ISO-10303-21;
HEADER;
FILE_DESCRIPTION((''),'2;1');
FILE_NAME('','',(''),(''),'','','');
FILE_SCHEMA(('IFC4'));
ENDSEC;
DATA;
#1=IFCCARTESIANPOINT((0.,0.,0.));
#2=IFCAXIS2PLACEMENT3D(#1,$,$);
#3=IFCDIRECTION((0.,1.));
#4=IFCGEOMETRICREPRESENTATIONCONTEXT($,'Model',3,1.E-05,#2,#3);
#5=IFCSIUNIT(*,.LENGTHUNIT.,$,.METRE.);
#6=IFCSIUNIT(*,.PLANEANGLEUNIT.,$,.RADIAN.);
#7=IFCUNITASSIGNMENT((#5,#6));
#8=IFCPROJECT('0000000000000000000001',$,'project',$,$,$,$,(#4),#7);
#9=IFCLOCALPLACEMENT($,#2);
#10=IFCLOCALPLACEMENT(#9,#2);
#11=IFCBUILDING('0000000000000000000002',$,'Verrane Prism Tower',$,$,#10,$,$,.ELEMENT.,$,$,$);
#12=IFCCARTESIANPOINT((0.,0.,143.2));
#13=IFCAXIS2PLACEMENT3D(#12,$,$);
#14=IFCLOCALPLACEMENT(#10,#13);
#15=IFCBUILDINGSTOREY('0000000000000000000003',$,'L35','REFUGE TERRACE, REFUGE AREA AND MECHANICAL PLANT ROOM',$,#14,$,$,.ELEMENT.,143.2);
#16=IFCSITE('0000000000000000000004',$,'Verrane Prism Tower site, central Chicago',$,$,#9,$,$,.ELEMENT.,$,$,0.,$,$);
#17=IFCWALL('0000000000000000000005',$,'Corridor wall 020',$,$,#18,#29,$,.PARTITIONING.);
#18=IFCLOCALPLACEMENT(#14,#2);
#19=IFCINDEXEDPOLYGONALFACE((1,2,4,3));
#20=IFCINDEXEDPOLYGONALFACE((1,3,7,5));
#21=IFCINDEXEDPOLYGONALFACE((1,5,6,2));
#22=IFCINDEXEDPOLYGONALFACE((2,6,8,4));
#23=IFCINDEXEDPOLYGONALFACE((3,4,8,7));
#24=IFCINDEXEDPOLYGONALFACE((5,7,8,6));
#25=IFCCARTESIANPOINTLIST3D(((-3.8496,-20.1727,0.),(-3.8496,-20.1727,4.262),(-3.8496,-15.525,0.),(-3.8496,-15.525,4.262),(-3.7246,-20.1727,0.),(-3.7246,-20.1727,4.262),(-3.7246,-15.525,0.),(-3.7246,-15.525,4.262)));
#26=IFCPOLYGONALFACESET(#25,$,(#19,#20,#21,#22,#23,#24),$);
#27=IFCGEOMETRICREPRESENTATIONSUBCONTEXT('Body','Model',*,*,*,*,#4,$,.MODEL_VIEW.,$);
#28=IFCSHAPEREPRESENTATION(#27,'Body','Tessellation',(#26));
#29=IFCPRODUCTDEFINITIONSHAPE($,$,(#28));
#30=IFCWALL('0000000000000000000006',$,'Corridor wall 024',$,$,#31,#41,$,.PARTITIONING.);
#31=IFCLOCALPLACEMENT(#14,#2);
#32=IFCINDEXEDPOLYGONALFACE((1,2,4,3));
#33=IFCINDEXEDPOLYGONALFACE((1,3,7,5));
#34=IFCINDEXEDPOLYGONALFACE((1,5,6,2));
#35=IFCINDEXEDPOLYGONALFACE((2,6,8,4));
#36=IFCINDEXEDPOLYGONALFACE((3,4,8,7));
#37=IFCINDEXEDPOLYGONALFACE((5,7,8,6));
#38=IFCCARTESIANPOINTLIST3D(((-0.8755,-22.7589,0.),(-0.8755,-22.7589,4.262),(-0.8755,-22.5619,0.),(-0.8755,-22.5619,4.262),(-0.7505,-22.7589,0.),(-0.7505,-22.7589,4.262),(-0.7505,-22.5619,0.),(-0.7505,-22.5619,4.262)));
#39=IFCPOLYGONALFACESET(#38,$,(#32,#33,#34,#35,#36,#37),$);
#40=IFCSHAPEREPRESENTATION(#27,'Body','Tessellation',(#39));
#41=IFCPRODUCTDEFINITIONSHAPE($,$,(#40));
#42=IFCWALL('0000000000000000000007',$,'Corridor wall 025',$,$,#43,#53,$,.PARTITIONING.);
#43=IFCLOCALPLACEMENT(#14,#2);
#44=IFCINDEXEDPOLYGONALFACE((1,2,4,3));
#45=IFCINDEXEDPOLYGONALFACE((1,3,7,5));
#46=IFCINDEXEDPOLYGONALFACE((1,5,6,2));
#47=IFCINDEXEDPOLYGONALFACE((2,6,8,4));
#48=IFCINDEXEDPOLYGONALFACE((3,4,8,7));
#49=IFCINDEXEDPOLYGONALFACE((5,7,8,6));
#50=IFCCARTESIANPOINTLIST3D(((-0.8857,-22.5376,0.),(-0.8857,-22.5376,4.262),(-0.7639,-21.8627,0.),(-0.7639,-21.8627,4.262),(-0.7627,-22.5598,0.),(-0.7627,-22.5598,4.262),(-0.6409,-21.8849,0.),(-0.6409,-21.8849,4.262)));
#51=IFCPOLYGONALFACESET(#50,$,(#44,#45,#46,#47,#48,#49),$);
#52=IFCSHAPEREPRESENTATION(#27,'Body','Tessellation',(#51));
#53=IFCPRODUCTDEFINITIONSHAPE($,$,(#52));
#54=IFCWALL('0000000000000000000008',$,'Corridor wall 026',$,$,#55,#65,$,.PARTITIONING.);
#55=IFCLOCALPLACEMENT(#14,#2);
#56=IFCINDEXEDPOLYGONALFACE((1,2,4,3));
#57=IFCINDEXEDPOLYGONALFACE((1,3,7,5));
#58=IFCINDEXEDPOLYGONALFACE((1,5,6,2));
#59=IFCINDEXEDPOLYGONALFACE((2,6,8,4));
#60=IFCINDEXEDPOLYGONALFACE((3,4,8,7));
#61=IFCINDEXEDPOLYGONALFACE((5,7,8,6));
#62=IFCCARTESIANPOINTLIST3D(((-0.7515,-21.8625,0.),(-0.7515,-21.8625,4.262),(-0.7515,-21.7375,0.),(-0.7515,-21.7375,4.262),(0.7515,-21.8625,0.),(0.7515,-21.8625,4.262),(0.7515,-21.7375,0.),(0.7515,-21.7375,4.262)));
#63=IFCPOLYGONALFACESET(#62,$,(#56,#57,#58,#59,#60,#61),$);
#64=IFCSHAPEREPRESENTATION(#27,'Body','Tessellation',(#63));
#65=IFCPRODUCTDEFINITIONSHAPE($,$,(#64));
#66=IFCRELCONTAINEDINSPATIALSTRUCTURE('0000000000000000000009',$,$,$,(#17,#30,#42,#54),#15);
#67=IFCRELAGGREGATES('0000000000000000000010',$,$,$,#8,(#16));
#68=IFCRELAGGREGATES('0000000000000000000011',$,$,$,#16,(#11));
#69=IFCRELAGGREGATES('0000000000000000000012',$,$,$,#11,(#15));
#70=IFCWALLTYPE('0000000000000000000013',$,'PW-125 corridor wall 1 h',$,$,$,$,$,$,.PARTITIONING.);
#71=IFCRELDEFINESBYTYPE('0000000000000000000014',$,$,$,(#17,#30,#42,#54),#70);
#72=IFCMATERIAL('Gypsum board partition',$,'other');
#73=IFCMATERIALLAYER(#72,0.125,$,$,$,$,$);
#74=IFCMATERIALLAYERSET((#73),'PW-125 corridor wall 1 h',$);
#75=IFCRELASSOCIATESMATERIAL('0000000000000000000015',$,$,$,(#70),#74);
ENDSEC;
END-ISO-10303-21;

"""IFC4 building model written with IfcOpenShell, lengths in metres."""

from ifc_helpers import new_model, si_unit, direction, frame, frame_2d, origin, place, context, subcontext, project, spatial, rectangle, extrude, material, layer, layer_set, type_object, element, save


model = new_model("IFC4")

# Units and contexts
model_context = context("Model", 3, precision=1e-05, world=origin(), true_north=direction((0.0, 1.0)))
body_context = subcontext(model_context, "Body", "Model", "MODEL_VIEW")
ifc_project = project(units=[si_unit("LENGTHUNIT", "METRE"), si_unit("PLANEANGLEUNIT", "RADIAN")], contexts=[model_context])

# Site, building, storey
site_placement = place(None, origin())
site = spatial("IfcSite", under=ifc_project, at=site_placement, Name="Verrane Prism Tower site, central Chicago", CompositionType="ELEMENT", RefElevation=0.0)
building_placement = place(site_placement, origin())
building = spatial("IfcBuilding", under=site, at=building_placement, Name="Verrane Prism Tower", CompositionType="ELEMENT")
storey_placement = place(building_placement, frame((0.0, 0.0, 143.2)))
storey = spatial("IfcBuildingStorey", under=building, at=storey_placement, Name="L35", Description="REFUGE TERRACE, REFUGE AREA AND MECHANICAL PLANT ROOM", CompositionType="ELEMENT", Elevation=143.2)

# Shared definitions
ifc_material_1 = material(Name="Gypsum board partition", Category="other")
ifc_layer_1 = layer(ifc_material_1, 0.125)
ifc_layer_set_1 = layer_set([ifc_layer_1], Name="PW-125 corridor wall 1 h")
wall_type_1 = type_object("IfcWallType", Name="PW-125 corridor wall 1 h", PredefinedType="PARTITIONING", material=ifc_layer_set_1)

# Walls
wall_1_placement = place(storey_placement, frame((-3.7871, -20.1726, 0.0), z_axis=(0.0, 0.0, 1.0), x_axis=(0.0, 1.0, 0.0)))
element("IfcWall", 1, at=wall_1_placement, inside=storey, type_object=wall_type_1, Name="Corridor wall 020", PredefinedType="PARTITIONING", context=body_context, shape_type="SweptSolid", body=[
    extrude(rectangle(XDim=4.6477, YDim=0.125, at=frame_2d((2.3237, 0.0))), origin(), (0.0, 0.0, 1.0), 4.262),
])
wall_2_placement = place(storey_placement, frame((-0.813, -22.759, 0.0), z_axis=(0.0, 0.0, 1.0), x_axis=(0.0, 1.0, 0.0)))
element("IfcWall", 2, at=wall_2_placement, inside=storey, type_object=wall_type_1, Name="Corridor wall 024", PredefinedType="PARTITIONING", context=body_context, shape_type="SweptSolid", body=[
    extrude(rectangle(XDim=0.197, YDim=0.125, at=frame_2d((0.0986, 0.0))), origin(), (0.0, 0.0, 1.0), 4.262),
])
wall_3_placement = place(storey_placement, frame((-0.8242, -22.5486, 0.0), z_axis=(0.0, 0.0, 1.0), x_axis=(0.177663, 0.984091, 0.0)))
element("IfcWall", 3, at=wall_3_placement, inside=storey, type_object=wall_type_1, Name="Corridor wall 025", PredefinedType="PARTITIONING", context=body_context, shape_type="SweptSolid", body=[
    extrude(rectangle(XDim=0.6858, YDim=0.125, at=frame_2d((0.3428, 0.0))), origin(), (0.0, 0.0, 1.0), 4.262),
])
wall_4_placement = place(storey_placement, frame((-0.7515, -21.8, 0.0), z_axis=(0.0, 0.0, 1.0), x_axis=(1.0, 0.0, 0.0)))
element("IfcWall", 4, at=wall_4_placement, inside=storey, type_object=wall_type_1, Name="Corridor wall 026", PredefinedType="PARTITIONING", context=body_context, shape_type="SweptSolid", body=[
    extrude(rectangle(XDim=1.5029, YDim=0.125, at=frame_2d((0.7515, 0.0))), origin(), (0.0, 0.0, 1.0), 4.262),
])

save(model, "model.ifc")
